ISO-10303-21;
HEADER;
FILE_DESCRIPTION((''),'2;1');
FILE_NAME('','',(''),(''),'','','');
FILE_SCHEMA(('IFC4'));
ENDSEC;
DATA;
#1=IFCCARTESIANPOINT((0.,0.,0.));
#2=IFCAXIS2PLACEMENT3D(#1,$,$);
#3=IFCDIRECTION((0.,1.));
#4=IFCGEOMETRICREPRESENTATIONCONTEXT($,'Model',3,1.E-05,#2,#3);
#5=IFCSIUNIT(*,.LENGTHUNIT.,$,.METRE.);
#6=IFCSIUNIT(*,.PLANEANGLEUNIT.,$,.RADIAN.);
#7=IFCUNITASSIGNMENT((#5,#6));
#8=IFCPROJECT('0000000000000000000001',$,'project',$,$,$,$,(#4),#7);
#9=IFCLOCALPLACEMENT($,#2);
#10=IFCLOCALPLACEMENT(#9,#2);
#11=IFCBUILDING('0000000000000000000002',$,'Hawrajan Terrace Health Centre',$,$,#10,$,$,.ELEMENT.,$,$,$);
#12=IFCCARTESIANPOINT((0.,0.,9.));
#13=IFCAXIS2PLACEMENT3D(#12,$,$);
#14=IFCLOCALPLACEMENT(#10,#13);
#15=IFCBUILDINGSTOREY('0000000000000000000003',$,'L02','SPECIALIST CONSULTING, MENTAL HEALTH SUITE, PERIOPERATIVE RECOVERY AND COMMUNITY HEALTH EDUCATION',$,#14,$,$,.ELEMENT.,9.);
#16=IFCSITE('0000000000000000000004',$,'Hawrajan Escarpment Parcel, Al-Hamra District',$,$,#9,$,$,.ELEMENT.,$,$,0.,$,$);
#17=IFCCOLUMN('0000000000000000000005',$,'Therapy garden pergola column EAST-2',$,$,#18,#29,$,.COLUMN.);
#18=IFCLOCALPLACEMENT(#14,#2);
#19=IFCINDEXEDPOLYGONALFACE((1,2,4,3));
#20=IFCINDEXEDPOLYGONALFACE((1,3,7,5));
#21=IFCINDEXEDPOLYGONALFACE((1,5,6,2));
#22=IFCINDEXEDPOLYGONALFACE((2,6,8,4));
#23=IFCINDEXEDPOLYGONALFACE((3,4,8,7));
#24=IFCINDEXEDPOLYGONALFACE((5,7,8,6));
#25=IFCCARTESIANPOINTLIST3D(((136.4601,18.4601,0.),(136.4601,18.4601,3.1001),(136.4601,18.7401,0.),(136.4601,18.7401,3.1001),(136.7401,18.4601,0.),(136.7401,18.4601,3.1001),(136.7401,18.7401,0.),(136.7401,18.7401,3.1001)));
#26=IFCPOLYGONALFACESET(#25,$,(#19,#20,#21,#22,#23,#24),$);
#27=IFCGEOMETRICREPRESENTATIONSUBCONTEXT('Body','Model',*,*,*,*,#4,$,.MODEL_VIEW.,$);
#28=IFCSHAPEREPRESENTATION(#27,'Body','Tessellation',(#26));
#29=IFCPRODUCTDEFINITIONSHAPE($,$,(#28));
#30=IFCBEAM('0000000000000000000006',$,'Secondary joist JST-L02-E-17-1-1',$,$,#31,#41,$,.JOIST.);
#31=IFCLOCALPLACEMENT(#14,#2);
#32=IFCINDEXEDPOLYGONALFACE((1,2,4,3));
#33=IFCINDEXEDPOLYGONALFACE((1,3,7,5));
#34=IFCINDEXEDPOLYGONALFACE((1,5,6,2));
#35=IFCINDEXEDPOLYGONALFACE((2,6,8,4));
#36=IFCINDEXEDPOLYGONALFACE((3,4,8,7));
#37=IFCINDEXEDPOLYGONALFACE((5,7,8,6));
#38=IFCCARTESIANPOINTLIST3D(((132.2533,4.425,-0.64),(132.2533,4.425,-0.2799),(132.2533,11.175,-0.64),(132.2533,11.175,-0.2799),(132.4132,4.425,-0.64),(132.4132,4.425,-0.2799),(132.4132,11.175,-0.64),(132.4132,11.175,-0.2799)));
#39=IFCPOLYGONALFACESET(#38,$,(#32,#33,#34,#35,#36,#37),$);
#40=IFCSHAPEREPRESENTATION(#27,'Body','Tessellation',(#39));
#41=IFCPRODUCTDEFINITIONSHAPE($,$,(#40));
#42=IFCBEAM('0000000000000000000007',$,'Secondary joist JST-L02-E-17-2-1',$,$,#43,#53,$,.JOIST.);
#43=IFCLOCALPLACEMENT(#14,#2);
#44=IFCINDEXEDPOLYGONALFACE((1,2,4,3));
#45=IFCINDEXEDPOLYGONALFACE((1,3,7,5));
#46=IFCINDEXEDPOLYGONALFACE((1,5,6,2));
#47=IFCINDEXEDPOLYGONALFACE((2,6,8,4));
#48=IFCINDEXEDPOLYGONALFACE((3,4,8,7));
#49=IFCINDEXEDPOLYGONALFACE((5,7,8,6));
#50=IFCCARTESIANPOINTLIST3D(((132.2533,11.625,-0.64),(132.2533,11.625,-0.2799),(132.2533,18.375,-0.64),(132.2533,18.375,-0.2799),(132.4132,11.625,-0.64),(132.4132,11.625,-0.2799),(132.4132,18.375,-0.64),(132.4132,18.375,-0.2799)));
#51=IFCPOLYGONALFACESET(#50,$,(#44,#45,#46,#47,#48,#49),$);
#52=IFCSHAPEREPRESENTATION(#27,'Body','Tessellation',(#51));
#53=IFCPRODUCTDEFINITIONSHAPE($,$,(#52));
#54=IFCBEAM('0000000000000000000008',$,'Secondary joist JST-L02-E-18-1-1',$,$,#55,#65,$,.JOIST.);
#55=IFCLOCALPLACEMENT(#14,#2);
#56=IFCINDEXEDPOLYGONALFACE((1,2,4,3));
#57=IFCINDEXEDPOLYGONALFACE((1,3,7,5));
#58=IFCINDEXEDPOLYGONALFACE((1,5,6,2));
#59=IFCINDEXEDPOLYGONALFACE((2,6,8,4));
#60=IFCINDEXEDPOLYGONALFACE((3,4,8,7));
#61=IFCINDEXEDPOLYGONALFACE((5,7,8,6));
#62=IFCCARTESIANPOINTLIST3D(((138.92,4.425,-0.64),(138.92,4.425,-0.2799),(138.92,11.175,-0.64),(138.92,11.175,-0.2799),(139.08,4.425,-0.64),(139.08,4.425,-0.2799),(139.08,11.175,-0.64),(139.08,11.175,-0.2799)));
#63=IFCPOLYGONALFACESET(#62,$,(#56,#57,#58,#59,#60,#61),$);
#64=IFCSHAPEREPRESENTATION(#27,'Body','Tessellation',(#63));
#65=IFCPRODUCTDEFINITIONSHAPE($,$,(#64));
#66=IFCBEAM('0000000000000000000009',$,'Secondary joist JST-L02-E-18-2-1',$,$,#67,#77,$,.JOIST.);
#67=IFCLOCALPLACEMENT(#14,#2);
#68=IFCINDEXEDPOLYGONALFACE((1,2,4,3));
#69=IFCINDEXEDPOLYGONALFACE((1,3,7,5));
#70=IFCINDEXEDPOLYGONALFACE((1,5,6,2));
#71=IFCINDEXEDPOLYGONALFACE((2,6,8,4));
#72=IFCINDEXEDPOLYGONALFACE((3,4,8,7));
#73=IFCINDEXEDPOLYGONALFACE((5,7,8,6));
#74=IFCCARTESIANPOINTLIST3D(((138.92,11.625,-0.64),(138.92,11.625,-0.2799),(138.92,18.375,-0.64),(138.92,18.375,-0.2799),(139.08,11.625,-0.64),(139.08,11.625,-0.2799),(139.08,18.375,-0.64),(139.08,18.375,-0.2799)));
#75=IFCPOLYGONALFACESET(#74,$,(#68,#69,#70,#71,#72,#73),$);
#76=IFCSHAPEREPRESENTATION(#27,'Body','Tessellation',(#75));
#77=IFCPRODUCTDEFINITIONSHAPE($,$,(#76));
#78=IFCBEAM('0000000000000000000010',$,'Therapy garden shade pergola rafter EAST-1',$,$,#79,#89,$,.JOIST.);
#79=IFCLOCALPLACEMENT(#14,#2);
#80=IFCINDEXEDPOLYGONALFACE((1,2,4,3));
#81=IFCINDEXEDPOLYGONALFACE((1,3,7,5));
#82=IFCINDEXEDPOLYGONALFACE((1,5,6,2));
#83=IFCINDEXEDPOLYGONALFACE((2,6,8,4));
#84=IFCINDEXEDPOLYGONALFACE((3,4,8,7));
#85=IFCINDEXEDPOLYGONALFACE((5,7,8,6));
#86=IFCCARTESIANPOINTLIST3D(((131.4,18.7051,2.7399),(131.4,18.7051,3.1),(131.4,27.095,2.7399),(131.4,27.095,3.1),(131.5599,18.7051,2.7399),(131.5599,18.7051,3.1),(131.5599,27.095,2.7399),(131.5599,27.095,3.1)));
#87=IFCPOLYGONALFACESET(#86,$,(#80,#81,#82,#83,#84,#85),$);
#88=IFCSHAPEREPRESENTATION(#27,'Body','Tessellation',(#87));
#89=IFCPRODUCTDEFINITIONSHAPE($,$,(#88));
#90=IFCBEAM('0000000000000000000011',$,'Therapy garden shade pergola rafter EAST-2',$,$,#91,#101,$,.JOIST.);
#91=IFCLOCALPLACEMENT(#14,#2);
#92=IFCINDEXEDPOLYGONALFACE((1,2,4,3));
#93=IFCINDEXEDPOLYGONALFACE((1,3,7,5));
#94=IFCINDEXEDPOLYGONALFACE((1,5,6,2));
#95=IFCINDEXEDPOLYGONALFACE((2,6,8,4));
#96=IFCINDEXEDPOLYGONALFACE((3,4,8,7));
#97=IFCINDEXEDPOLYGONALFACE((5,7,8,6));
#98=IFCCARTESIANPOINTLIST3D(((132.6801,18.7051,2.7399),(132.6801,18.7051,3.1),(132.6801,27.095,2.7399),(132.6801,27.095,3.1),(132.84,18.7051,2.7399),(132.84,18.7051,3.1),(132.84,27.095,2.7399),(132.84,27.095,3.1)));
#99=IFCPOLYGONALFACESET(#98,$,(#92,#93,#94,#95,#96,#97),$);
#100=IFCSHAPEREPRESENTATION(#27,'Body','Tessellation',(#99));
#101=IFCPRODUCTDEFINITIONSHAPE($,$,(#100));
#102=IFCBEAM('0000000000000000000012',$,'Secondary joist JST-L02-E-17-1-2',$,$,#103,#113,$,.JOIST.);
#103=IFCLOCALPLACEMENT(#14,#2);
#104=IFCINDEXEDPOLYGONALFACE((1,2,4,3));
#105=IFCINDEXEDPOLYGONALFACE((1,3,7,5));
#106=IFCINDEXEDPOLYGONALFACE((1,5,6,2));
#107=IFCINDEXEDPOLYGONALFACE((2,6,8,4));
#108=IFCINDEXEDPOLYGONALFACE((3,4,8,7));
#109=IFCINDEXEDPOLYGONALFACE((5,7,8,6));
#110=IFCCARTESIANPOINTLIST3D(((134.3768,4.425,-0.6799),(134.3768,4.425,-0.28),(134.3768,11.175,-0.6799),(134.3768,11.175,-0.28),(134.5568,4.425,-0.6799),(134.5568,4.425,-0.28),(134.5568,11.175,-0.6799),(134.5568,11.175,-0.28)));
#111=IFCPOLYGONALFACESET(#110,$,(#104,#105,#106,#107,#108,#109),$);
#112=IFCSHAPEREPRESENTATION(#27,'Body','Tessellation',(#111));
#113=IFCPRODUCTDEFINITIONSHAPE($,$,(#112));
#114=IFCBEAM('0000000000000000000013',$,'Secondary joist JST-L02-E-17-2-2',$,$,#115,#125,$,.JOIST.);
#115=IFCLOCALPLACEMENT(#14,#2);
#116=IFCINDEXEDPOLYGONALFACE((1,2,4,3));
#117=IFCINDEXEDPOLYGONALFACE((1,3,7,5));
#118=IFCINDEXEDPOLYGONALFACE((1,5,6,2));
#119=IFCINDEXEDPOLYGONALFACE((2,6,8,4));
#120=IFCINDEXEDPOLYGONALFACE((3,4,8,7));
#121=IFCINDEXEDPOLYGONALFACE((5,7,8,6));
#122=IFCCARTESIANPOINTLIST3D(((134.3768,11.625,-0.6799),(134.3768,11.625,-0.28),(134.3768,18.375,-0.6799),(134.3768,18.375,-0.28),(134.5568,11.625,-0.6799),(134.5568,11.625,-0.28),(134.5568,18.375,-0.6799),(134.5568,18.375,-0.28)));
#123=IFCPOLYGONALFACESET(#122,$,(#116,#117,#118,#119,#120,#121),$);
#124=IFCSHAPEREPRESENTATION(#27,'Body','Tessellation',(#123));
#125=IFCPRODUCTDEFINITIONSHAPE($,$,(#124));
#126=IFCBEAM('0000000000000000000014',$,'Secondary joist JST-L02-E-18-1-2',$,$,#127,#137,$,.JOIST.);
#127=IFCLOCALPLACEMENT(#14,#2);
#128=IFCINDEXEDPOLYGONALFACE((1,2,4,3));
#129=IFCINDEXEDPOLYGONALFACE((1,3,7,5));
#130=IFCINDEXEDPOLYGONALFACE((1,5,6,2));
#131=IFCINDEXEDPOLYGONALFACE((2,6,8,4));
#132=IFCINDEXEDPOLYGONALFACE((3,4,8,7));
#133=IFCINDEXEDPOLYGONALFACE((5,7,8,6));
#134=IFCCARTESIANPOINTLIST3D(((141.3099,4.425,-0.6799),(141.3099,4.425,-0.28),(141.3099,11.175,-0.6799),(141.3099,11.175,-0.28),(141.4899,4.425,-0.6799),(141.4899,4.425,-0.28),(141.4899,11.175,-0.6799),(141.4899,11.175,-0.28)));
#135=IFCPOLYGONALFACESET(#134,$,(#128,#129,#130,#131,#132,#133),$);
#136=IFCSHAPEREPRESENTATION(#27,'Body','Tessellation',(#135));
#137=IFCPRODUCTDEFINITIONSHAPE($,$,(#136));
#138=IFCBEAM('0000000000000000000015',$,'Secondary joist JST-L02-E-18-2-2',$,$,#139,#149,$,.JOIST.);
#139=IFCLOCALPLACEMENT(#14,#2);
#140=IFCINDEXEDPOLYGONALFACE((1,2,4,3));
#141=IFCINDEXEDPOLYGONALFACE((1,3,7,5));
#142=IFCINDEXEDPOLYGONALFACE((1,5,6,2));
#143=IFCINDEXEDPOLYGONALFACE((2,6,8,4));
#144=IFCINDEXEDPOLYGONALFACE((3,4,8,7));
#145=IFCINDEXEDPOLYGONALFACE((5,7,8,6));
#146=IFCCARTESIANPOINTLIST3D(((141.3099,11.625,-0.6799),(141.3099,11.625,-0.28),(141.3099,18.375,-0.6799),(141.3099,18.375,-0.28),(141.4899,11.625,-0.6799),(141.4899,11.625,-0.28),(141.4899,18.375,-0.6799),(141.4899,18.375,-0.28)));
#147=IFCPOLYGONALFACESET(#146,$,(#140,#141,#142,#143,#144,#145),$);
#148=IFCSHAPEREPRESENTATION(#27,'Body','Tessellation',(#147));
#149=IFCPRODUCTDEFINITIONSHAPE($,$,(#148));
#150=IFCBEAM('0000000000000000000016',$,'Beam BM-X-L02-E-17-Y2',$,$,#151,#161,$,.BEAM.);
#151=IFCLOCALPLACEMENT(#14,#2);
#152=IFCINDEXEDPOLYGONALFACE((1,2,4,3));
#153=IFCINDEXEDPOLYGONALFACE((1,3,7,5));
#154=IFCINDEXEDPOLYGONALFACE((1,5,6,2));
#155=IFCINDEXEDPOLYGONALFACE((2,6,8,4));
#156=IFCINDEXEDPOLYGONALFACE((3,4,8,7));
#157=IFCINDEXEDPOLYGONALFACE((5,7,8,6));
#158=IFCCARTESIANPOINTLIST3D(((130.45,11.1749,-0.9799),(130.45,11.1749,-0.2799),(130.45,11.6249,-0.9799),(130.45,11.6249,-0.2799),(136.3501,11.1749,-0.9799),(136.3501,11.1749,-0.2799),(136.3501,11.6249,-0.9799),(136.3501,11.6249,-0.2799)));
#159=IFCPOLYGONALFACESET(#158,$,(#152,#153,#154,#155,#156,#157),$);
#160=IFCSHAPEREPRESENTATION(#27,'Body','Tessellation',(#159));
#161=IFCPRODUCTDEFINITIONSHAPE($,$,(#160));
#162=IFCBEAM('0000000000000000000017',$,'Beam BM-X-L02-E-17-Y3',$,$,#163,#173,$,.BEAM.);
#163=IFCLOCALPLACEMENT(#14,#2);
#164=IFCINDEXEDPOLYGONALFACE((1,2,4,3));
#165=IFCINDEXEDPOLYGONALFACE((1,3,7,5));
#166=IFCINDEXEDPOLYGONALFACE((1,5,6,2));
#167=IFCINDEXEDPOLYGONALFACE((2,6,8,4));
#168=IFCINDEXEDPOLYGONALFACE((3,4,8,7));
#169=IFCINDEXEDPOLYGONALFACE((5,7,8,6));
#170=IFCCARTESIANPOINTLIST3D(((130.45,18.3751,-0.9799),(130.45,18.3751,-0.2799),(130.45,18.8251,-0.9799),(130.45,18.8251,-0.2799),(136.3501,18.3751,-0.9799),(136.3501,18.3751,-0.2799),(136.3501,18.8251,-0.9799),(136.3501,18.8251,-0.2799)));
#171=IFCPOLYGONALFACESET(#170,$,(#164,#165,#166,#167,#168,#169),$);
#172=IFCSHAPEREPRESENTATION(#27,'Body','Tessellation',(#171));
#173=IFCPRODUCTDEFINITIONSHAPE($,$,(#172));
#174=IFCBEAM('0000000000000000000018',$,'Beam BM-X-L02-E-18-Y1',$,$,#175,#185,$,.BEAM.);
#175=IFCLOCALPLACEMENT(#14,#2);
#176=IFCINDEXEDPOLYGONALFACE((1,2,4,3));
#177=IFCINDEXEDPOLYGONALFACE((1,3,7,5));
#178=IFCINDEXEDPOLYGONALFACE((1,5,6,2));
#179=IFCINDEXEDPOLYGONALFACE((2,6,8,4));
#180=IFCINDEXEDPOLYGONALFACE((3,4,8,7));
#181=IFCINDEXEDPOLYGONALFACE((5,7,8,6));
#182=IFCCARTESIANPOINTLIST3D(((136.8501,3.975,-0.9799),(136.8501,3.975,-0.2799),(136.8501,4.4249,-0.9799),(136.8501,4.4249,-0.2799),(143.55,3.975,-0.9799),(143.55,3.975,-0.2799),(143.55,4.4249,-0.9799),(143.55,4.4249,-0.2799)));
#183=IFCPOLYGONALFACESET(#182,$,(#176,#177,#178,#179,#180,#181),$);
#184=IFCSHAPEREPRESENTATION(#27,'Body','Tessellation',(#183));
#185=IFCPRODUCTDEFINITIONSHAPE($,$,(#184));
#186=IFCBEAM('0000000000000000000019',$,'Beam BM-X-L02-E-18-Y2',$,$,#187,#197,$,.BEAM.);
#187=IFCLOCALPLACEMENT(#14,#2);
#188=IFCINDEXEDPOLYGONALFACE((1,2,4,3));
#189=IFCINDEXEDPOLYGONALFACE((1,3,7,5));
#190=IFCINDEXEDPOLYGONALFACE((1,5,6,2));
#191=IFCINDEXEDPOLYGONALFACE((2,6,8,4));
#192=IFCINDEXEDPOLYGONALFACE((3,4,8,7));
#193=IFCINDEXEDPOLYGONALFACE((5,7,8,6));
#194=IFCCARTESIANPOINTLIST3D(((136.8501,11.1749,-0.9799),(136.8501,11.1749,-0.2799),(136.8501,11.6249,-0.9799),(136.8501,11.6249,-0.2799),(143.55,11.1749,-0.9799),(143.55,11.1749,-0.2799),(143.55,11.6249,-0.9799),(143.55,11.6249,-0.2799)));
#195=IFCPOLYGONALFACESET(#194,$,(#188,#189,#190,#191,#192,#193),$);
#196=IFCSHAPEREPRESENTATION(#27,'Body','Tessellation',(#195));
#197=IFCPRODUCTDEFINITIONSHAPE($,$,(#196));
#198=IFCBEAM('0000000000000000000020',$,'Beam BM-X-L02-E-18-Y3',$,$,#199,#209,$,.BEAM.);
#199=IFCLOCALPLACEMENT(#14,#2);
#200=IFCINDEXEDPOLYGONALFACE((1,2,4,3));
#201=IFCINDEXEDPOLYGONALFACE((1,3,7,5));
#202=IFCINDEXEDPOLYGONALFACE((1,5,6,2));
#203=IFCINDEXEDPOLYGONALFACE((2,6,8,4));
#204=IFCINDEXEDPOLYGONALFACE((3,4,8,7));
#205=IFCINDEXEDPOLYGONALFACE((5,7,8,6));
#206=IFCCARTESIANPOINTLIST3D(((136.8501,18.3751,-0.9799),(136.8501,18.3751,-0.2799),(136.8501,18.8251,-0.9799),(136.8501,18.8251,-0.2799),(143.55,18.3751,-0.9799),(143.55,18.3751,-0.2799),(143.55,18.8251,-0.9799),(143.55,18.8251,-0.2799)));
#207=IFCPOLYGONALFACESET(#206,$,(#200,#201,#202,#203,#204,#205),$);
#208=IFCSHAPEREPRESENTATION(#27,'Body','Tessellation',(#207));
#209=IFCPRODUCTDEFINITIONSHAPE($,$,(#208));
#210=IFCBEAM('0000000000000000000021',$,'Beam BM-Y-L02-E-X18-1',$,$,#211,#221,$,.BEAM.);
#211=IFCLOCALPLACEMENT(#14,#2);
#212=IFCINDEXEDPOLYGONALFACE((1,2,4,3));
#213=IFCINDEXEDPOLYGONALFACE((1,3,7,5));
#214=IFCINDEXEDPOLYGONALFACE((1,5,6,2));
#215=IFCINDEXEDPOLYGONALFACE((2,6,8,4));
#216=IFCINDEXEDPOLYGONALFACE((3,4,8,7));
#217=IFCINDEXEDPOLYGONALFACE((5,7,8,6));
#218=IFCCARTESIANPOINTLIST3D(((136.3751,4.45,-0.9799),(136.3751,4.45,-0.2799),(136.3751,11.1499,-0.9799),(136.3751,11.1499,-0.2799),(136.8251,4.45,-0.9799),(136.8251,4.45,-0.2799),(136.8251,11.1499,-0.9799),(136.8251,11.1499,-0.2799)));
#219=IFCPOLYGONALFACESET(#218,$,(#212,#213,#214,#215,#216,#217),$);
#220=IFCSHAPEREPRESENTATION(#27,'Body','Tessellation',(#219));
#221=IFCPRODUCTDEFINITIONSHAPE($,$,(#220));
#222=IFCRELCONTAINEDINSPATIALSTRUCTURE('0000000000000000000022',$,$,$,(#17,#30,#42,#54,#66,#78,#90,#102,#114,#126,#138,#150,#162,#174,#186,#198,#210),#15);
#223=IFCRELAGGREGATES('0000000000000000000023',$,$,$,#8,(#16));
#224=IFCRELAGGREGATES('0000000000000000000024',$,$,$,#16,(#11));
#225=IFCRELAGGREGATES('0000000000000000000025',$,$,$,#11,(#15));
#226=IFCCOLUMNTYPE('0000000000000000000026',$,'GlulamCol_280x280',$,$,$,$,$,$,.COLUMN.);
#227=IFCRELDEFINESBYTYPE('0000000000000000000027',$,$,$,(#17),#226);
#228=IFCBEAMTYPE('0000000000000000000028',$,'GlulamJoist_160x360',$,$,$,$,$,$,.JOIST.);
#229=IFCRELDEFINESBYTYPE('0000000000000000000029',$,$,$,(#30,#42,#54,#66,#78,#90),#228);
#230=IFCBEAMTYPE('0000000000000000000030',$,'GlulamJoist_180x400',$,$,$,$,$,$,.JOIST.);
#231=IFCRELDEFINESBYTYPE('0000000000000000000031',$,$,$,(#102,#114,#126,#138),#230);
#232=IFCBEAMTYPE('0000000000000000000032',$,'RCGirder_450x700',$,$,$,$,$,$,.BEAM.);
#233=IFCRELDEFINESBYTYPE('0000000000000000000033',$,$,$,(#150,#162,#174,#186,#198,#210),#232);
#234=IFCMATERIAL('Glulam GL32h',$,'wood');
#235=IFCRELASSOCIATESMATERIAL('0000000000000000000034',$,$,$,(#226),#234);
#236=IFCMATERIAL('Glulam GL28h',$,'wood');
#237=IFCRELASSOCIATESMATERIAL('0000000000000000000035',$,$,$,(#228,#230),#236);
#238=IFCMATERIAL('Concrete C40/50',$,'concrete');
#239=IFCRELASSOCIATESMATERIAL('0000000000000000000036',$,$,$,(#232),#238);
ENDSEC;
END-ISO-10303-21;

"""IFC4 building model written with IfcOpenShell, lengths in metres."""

from ifc_helpers import new_model, si_unit, direction, frame, origin, origin_2d, place, context, subcontext, project, spatial, rectangle, extrude, material, material_profile, profile_set, type_object, element, save


model = new_model("IFC4")

# Units and contexts
model_context = context("Model", 3, precision=1e-05, world=origin(), true_north=direction((0.0, 1.0)))
body_context = subcontext(model_context, "Body", "Model", "MODEL_VIEW")
ifc_project = project(units=[si_unit("LENGTHUNIT", "METRE"), si_unit("PLANEANGLEUNIT", "RADIAN")], contexts=[model_context])

# Site, building, storey
site_placement = place(None, origin())
site = spatial("IfcSite", under=ifc_project, at=site_placement, Name="Hawrajan Escarpment Parcel, Al-Hamra District", CompositionType="ELEMENT", RefElevation=0.0)
building_placement = place(site_placement, origin())
building = spatial("IfcBuilding", under=site, at=building_placement, Name="Hawrajan Terrace Health Centre", CompositionType="ELEMENT")
storey_placement = place(building_placement, frame((0.0, 0.0, 9.0)))
storey = spatial("IfcBuildingStorey", under=building, at=storey_placement, Name="L02", Description="SPECIALIST CONSULTING, MENTAL HEALTH SUITE, PERIOPERATIVE RECOVERY AND COMMUNITY HEALTH EDUCATION", CompositionType="ELEMENT", Elevation=9.0)

# Column
ifc_material_1 = material(Name="Glulam GL32h", Category="wood")
ifc_material_profile_1 = material_profile(ifc_material_1, rectangle(XDim=0.28, YDim=0.28, at=origin_2d()), Name="GL 280x280")
ifc_profile_set_1 = profile_set([ifc_material_profile_1], Name="Glulam GL32h")
column_type = type_object("IfcColumnType", Name="GlulamCol_280x280", PredefinedType="COLUMN", material=ifc_profile_set_1)
column_placement = place(storey_placement, frame((136.6001, 18.6001, 0.0), z_axis=(0.0, 0.0, 1.0), x_axis=(1.0, 0.0, 0.0)))
element("IfcColumn", 1, at=column_placement, inside=storey, type_object=column_type, Name="Therapy garden pergola column EAST-2", PredefinedType="COLUMN", context=body_context, shape_type="SweptSolid", body=[
    extrude(rectangle(XDim=0.28, YDim=0.28, at=origin_2d()), origin(), (0.0, 0.0, 1.0), 3.1001),
])

# Beams
ifc_material_2 = material(Name="Glulam GL28h", Category="wood")
ifc_material_profile_2 = material_profile(ifc_material_2, rectangle(XDim=0.1599, YDim=0.3601, at=origin_2d()), Name="GL JST 160x360")
ifc_profile_set_2 = profile_set([ifc_material_profile_2], Name="Glulam GL28h")
beam_type_1 = type_object("IfcBeamType", Name="GlulamJoist_160x360", PredefinedType="JOIST", material=ifc_profile_set_2)
for number, where, z_axis, x_axis, name in (
    (2, (132.3333, 4.425, -0.46), (0.0, 1.0, 0.0), (-1.0, 0.0, 0.0), "Secondary joist JST-L02-E-17-1-1"),
    (3, (132.3333, 11.625, -0.46), (0.0, 1.0, 0.0), (-1.0, 0.0, 0.0), "Secondary joist JST-L02-E-17-2-1"),
    (4, (139.0, 4.425, -0.46), (0.0, 1.0, 0.0), (-1.0, 0.0, 0.0), "Secondary joist JST-L02-E-18-1-1"),
    (5, (139.0, 11.625, -0.46), (0.0, 1.0, 0.0), (-1.0, 0.0, 0.0), "Secondary joist JST-L02-E-18-2-1"),
):
    element("IfcBeam", number, at=place(storey_placement, frame(where, z_axis=z_axis, x_axis=x_axis)), inside=storey, type_object=beam_type_1, Name=name, PredefinedType="JOIST", context=body_context, shape_type="SweptSolid", body=[
        extrude(rectangle(XDim=0.1599, YDim=0.3601, at=origin_2d()), origin(), (0.0, 0.0, 1.0), 6.75),
    ])
for number, where, z_axis, x_axis, name in (
    (6, (131.48, 18.7051, 2.9199), (0.0, 1.0, 0.0), (-1.0, 0.0, 0.0), "Therapy garden shade pergola rafter EAST-1"),
    (7, (132.76, 18.7051, 2.9199), (0.0, 1.0, 0.0), (-1.0, 0.0, 0.0), "Therapy garden shade pergola rafter EAST-2"),
):
    element("IfcBeam", number, at=place(storey_placement, frame(where, z_axis=z_axis, x_axis=x_axis)), inside=storey, type_object=beam_type_1, Name=name, PredefinedType="JOIST", context=body_context, shape_type="SweptSolid", body=[
        extrude(rectangle(XDim=0.1599, YDim=0.3601, at=origin_2d()), origin(), (0.0, 0.0, 1.0), 8.3899),
    ])
ifc_material_profile_3 = material_profile(ifc_material_2, rectangle(XDim=0.1799, YDim=0.3999, at=origin_2d()), Name="GL JST 180x400")
ifc_profile_set_3 = profile_set([ifc_material_profile_3], Name="Glulam GL28h")
beam_type_2 = type_object("IfcBeamType", Name="GlulamJoist_180x400", PredefinedType="JOIST", material=ifc_profile_set_3)
for number, where, z_axis, x_axis, name in (
    (8, (134.4668, 4.425, -0.48), (0.0, 1.0, 0.0), (-1.0, 0.0, 0.0), "Secondary joist JST-L02-E-17-1-2"),
    (9, (134.4668, 11.625, -0.48), (0.0, 1.0, 0.0), (-1.0, 0.0, 0.0), "Secondary joist JST-L02-E-17-2-2"),
    (10, (141.3999, 4.425, -0.48), (0.0, 1.0, 0.0), (-1.0, 0.0, 0.0), "Secondary joist JST-L02-E-18-1-2"),
    (11, (141.3999, 11.625, -0.48), (0.0, 1.0, 0.0), (-1.0, 0.0, 0.0), "Secondary joist JST-L02-E-18-2-2"),
):
    element("IfcBeam", number, at=place(storey_placement, frame(where, z_axis=z_axis, x_axis=x_axis)), inside=storey, type_object=beam_type_2, Name=name, PredefinedType="JOIST", context=body_context, shape_type="SweptSolid", body=[
        extrude(rectangle(XDim=0.1799, YDim=0.3999, at=origin_2d()), origin(), (0.0, 0.0, 1.0), 6.75),
    ])
ifc_material_3 = material(Name="Concrete C40/50", Category="concrete")
ifc_material_profile_4 = material_profile(ifc_material_3, rectangle(XDim=0.45, YDim=0.7, at=origin_2d()), Name="RC BM 450x700")
ifc_profile_set_4 = profile_set([ifc_material_profile_4], Name="Concrete C40/50")
beam_type_3 = type_object("IfcBeamType", Name="RCGirder_450x700", PredefinedType="BEAM", material=ifc_profile_set_4)
for number, where, z_axis, x_axis, name in (
    (12, (130.45, 11.3999, -0.6299), (1.0, 0.0, 0.0), (0.0, 1.0, 0.0), "Beam BM-X-L02-E-17-Y2"),
    (13, (130.45, 18.6001, -0.6299), (1.0, 0.0, 0.0), (0.0, 1.0, 0.0), "Beam BM-X-L02-E-17-Y3"),
):
    element("IfcBeam", number, at=place(storey_placement, frame(where, z_axis=z_axis, x_axis=x_axis)), inside=storey, type_object=beam_type_3, Name=name, PredefinedType="BEAM", context=body_context, shape_type="SweptSolid", body=[
        extrude(rectangle(XDim=0.45, YDim=0.7, at=origin_2d()), origin(), (0.0, 0.0, 1.0), 5.9001),
    ])
for number, where, z_axis, x_axis, name in (
    (14, (136.8501, 4.2, -0.6299), (1.0, 0.0, 0.0), (0.0, 1.0, 0.0), "Beam BM-X-L02-E-18-Y1"),
    (15, (136.8501, 11.3999, -0.6299), (1.0, 0.0, 0.0), (0.0, 1.0, 0.0), "Beam BM-X-L02-E-18-Y2"),
    (16, (136.8501, 18.6001, -0.6299), (1.0, 0.0, 0.0), (0.0, 1.0, 0.0), "Beam BM-X-L02-E-18-Y3"),
    (17, (136.6001, 4.45, -0.6299), (0.0, 1.0, 0.0), (-1.0, 0.0, 0.0), "Beam BM-Y-L02-E-X18-1"),
):
    element("IfcBeam", number, at=place(storey_placement, frame(where, z_axis=z_axis, x_axis=x_axis)), inside=storey, type_object=beam_type_3, Name=name, PredefinedType="BEAM", context=body_context, shape_type="SweptSolid", body=[
        extrude(rectangle(XDim=0.45, YDim=0.7, at=origin_2d()), origin(), (0.0, 0.0, 1.0), 6.7),
    ])

save(model, "model.ifc")
